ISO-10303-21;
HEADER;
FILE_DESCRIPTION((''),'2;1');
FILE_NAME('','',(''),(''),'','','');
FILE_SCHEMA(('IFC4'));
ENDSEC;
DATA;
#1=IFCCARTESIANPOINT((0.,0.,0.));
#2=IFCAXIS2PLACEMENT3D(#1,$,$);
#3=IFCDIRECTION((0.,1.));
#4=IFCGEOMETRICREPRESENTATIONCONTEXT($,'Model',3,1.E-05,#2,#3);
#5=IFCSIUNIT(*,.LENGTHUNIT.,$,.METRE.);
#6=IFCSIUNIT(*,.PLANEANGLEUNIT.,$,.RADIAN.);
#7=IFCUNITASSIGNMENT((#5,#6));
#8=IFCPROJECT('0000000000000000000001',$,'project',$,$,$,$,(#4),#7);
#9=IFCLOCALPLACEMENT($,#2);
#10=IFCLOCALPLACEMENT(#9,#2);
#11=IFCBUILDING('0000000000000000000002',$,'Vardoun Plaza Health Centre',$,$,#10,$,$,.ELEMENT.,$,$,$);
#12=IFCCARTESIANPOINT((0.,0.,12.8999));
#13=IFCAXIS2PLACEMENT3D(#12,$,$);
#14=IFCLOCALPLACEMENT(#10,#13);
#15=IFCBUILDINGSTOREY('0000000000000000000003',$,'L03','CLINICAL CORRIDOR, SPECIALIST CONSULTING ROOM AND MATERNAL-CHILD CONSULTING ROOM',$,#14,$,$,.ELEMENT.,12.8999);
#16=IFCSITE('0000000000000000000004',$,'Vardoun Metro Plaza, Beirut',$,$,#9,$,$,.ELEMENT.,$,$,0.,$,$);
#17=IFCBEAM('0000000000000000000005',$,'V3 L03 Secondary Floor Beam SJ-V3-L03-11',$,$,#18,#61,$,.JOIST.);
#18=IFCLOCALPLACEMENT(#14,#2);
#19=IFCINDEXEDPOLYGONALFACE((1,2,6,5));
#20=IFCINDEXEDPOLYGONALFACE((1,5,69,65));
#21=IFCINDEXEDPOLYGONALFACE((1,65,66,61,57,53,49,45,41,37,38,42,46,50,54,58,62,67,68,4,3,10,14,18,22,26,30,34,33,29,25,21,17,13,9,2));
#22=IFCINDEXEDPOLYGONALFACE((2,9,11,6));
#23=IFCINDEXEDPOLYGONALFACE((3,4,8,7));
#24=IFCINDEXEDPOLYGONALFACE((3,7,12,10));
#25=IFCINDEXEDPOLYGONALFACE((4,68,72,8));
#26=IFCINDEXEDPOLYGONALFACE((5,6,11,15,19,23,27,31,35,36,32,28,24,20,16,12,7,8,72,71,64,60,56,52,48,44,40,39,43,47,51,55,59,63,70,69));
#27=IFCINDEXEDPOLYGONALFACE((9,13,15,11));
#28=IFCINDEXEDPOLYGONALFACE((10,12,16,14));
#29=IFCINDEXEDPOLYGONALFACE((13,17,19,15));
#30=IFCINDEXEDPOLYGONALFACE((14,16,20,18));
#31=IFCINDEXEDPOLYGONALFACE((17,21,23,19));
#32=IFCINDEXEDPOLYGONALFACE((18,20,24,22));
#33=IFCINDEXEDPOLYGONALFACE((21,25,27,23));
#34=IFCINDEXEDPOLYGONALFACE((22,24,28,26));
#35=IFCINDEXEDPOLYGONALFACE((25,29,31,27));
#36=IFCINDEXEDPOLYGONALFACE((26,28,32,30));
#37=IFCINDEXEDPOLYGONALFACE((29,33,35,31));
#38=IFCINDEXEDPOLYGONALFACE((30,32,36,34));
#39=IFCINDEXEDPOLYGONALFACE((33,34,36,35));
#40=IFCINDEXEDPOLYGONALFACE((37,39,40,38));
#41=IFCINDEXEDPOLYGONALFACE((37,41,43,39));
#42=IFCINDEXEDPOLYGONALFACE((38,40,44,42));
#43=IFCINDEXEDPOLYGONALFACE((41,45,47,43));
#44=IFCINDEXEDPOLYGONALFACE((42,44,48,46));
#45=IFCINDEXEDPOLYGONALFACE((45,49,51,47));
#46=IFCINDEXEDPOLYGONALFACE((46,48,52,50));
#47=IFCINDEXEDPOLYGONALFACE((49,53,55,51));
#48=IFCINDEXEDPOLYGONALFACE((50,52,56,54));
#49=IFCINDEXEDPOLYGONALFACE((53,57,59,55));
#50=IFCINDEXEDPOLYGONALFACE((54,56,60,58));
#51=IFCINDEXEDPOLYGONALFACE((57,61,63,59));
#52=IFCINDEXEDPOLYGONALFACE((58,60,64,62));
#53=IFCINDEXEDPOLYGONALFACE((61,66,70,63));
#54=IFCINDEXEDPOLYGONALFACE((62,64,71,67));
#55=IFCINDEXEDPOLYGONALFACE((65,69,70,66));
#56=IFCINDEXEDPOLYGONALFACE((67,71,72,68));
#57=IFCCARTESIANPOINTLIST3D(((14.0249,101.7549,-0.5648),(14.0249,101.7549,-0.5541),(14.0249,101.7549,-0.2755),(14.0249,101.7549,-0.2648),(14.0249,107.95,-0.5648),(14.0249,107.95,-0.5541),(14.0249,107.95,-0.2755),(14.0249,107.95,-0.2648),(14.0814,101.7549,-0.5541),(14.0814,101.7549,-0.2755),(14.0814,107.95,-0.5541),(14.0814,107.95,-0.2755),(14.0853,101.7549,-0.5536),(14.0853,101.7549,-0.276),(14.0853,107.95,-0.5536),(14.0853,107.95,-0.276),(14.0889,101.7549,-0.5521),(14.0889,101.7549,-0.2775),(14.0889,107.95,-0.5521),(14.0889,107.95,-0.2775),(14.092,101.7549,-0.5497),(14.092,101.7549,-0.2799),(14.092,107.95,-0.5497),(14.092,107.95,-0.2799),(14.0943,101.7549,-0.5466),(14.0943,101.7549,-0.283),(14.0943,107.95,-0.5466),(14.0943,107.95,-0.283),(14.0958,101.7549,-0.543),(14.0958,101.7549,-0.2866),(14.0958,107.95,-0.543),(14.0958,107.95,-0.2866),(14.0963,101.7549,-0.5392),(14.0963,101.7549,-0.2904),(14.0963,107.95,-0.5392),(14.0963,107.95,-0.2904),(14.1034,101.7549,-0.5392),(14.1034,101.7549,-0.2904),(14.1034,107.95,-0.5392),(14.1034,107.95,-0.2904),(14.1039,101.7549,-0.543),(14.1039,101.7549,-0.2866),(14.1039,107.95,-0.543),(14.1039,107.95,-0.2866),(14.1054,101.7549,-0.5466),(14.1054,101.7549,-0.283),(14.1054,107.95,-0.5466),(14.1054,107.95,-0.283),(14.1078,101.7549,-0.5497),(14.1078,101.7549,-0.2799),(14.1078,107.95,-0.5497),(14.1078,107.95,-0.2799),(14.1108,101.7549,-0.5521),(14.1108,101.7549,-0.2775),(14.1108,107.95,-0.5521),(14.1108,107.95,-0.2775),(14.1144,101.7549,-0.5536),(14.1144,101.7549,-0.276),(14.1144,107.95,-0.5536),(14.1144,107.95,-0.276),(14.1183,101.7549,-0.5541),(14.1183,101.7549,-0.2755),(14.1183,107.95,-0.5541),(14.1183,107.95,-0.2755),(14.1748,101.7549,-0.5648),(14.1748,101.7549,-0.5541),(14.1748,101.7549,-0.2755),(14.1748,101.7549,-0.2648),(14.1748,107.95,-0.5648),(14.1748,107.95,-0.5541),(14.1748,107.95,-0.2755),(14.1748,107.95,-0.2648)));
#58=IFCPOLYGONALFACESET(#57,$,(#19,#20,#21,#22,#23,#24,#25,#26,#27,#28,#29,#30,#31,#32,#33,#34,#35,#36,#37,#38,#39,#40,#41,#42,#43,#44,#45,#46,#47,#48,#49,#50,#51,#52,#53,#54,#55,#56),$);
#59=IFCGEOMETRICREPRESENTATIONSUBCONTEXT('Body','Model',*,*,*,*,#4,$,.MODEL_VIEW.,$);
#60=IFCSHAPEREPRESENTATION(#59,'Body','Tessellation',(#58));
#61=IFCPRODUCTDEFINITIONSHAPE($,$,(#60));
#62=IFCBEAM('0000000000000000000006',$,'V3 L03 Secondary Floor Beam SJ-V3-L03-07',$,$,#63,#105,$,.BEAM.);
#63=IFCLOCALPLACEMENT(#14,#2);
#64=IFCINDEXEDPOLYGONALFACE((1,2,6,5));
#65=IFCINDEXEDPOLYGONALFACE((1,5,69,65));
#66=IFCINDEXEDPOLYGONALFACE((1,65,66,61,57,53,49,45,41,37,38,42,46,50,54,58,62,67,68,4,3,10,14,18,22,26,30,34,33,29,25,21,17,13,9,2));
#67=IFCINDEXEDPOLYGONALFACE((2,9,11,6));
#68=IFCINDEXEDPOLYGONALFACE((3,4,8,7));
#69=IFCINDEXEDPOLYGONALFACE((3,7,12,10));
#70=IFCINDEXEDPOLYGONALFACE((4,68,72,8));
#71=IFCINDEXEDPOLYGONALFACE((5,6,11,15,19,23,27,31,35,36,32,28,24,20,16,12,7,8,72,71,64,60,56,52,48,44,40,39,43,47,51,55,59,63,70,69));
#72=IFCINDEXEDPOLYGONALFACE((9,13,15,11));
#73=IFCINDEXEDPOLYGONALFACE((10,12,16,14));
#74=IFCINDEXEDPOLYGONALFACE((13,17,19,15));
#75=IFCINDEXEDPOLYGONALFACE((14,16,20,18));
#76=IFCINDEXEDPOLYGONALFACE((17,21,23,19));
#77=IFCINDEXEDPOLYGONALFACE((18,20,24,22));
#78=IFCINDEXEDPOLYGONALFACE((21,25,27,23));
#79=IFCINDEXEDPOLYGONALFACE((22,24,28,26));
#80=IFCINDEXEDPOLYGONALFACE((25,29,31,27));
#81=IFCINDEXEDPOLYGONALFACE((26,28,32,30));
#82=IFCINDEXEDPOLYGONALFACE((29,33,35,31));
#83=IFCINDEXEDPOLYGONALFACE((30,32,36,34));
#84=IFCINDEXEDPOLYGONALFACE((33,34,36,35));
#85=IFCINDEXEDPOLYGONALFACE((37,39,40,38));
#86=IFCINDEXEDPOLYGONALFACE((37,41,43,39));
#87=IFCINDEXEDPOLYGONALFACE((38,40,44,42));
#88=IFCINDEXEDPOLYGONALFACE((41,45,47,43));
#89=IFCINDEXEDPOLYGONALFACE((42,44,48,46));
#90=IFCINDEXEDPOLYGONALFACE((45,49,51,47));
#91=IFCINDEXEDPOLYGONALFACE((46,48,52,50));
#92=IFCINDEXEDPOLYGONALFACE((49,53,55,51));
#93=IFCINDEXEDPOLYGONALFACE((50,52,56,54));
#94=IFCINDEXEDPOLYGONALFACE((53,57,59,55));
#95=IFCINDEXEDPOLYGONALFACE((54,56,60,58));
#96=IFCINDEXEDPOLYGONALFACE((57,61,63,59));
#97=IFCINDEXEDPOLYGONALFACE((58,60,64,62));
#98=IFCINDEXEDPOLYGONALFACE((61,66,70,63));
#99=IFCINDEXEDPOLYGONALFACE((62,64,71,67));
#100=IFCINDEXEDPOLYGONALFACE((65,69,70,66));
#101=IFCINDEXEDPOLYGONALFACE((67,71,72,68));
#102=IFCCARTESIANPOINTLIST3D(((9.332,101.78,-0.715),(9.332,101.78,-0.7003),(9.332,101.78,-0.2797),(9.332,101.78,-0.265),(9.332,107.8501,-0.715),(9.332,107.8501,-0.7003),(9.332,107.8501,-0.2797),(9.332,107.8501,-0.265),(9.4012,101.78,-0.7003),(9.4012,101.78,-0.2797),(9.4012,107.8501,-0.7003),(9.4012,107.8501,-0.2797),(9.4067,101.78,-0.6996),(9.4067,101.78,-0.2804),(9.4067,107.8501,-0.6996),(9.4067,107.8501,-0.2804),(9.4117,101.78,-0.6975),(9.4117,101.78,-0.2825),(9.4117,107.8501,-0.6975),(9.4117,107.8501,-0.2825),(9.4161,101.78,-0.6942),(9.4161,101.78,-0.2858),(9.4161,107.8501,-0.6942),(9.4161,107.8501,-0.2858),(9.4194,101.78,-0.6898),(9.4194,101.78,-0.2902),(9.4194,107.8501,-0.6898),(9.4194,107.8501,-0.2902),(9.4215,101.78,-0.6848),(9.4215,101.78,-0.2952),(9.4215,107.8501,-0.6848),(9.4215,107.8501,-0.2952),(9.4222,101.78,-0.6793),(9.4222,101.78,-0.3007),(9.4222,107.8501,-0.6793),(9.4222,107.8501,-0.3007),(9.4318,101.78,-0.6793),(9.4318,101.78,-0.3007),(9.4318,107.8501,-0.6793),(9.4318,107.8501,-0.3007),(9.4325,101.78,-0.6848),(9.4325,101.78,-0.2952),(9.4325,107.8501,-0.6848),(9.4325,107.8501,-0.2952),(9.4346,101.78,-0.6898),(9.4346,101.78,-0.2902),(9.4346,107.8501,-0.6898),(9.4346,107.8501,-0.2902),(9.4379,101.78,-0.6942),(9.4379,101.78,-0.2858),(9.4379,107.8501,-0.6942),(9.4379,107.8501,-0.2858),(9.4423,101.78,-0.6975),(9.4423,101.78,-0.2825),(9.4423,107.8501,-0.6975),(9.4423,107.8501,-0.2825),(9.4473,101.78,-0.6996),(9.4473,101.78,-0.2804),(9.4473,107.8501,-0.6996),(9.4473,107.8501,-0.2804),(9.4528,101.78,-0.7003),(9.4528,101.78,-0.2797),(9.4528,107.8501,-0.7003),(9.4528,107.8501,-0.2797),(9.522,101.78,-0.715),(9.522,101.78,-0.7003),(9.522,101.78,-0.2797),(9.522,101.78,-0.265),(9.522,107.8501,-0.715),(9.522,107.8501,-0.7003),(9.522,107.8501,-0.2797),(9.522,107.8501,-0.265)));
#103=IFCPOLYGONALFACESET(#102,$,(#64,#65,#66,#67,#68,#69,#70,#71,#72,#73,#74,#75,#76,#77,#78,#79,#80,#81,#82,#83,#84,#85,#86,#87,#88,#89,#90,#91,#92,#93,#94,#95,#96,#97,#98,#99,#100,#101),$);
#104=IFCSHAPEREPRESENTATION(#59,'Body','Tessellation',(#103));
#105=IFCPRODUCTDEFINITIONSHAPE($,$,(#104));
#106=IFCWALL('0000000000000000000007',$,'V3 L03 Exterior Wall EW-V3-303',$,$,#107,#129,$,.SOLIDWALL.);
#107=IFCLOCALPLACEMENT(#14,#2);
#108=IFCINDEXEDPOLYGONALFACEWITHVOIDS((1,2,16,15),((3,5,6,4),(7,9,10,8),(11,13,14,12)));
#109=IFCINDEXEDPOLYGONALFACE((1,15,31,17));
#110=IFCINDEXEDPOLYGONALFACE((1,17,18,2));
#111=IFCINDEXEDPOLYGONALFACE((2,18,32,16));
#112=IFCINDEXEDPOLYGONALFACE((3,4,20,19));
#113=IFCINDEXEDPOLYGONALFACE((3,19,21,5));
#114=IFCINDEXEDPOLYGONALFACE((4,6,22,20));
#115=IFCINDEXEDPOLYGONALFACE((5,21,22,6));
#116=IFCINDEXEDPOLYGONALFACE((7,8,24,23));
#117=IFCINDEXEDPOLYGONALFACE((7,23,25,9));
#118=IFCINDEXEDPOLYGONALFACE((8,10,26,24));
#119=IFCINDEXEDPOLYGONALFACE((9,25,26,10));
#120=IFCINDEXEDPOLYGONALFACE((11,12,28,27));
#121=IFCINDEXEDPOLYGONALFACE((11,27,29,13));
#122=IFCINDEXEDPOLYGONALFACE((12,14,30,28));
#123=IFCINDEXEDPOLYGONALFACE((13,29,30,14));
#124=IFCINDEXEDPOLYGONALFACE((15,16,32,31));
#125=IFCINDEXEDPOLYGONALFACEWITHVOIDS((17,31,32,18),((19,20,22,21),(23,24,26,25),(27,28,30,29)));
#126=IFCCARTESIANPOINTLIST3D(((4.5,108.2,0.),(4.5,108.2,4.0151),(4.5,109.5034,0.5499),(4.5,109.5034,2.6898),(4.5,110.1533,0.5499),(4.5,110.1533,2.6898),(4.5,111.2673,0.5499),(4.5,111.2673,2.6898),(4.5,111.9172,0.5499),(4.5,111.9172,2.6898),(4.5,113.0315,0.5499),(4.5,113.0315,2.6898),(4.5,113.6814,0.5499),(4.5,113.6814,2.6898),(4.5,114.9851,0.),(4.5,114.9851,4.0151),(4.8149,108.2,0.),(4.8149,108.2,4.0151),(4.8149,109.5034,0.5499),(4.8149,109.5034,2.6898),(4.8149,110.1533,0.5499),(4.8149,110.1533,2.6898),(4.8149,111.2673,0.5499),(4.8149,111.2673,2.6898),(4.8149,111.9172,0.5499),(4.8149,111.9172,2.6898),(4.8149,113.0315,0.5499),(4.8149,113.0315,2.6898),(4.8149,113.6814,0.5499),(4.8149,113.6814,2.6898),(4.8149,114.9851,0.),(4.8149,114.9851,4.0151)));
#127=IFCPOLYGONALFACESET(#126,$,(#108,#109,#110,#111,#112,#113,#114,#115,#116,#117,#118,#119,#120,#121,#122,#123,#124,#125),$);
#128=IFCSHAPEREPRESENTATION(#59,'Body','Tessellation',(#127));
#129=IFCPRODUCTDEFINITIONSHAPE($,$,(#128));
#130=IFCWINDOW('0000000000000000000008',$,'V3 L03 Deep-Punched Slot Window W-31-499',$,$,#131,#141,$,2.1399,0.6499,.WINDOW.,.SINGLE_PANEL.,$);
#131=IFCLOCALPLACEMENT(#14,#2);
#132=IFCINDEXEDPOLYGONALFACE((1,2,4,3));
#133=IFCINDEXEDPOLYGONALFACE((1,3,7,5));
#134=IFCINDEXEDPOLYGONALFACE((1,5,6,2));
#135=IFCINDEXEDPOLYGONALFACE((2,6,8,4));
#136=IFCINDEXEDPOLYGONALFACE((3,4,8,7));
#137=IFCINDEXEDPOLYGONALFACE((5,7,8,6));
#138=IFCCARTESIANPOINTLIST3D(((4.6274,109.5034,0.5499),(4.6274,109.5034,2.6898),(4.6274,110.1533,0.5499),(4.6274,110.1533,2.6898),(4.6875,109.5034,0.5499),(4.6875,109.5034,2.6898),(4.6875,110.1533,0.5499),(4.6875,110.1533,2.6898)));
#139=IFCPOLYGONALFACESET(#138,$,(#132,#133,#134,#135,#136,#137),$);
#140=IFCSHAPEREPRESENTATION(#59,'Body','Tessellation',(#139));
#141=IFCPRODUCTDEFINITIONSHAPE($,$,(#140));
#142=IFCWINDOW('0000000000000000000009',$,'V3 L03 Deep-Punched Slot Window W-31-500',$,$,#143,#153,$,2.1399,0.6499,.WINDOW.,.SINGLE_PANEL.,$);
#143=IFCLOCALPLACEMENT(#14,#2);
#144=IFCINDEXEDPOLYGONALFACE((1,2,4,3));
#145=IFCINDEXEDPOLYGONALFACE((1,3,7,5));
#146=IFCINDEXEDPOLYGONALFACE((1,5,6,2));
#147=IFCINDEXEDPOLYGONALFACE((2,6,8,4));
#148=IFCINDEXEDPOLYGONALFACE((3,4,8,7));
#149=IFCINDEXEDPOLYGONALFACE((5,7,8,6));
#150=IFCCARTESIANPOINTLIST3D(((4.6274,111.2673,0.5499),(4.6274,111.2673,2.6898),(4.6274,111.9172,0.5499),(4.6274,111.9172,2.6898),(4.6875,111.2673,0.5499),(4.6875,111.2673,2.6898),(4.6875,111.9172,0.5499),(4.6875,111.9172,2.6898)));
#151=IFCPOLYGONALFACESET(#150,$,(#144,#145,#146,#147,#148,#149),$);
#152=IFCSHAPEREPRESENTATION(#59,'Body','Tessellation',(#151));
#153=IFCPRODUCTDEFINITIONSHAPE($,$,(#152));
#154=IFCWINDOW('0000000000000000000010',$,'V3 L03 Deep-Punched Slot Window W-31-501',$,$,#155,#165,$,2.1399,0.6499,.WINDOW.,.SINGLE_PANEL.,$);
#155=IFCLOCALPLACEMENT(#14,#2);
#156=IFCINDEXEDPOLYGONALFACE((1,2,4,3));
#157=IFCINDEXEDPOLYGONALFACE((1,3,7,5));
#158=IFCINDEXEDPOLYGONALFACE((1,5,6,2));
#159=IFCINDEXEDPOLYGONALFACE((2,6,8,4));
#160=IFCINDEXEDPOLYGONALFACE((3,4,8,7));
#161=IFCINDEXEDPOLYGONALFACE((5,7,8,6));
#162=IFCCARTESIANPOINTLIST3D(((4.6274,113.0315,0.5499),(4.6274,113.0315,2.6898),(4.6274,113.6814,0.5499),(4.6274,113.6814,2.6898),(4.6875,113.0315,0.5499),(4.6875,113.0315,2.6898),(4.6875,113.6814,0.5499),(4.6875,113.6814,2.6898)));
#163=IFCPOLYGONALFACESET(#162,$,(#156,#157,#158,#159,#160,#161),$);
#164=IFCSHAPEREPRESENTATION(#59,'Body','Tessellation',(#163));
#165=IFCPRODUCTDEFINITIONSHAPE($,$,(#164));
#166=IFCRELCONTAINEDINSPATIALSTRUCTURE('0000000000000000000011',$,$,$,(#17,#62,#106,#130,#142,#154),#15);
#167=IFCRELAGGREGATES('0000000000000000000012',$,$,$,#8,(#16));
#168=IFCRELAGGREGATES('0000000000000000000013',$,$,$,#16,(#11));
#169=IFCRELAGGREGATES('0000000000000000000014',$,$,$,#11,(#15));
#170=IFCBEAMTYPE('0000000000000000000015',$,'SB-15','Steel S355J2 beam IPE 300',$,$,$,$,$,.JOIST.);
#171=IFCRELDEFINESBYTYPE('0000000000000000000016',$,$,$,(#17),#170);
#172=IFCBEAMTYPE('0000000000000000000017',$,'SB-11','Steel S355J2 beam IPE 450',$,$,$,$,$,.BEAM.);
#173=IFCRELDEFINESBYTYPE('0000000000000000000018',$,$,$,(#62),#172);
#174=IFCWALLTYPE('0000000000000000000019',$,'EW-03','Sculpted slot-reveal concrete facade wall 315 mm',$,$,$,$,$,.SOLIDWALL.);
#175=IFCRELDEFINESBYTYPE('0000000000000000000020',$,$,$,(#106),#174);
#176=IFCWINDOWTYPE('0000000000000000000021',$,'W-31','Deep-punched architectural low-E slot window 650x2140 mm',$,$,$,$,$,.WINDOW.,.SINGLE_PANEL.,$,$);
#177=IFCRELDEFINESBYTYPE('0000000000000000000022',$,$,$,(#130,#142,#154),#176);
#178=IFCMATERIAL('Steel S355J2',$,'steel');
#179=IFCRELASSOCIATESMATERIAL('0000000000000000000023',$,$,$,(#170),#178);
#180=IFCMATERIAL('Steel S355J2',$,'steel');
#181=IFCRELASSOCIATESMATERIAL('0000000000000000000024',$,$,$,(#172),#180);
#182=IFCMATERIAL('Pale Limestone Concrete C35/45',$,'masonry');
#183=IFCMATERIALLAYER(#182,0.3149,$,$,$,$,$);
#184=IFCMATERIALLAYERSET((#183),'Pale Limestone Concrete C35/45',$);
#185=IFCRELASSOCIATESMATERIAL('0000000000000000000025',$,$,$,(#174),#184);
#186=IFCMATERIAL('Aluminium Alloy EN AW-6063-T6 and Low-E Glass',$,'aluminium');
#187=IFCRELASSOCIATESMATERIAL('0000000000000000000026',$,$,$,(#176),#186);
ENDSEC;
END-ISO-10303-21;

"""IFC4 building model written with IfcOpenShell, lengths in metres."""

from ifc_helpers import new_model, si_unit, direction, frame, frame_2d, origin, origin_2d, place, context, subcontext, project, spatial, rectangle, i_section, extrude, material, layer, layer_set, material_profile, profile_set, type_object, element, fill, save


model = new_model("IFC4")

# Units and contexts
model_context = context("Model", 3, precision=1e-05, world=origin(), true_north=direction((0.0, 1.0)))
body_context = subcontext(model_context, "Body", "Model", "MODEL_VIEW")
ifc_project = project(units=[si_unit("LENGTHUNIT", "METRE"), si_unit("PLANEANGLEUNIT", "RADIAN")], contexts=[model_context])

# Site, building, storey
site_placement = place(None, origin())
site = spatial("IfcSite", under=ifc_project, at=site_placement, Name="Vardoun Metro Plaza, Beirut", CompositionType="ELEMENT", RefElevation=0.0)
building_placement = place(site_placement, origin())
building = spatial("IfcBuilding", under=site, at=building_placement, Name="Vardoun Plaza Health Centre", CompositionType="ELEMENT")
storey_placement = place(building_placement, frame((0.0, 0.0, 12.8999)))
storey = spatial("IfcBuildingStorey", under=building, at=storey_placement, Name="L03", Description="CLINICAL CORRIDOR, SPECIALIST CONSULTING ROOM AND MATERNAL-CHILD CONSULTING ROOM", CompositionType="ELEMENT", Elevation=12.8999)

# Beams
ifc_material_1 = material(Name="Steel S355J2", Category="steel")
ifc_material_profile_1 = material_profile(ifc_material_1, i_section(OverallWidth=0.1499, OverallDepth=0.3, WebThickness=0.0071, FlangeThickness=0.0107, FilletRadius=0.0149, at=origin_2d()), Name="IPE 300")
ifc_profile_set_1 = profile_set([ifc_material_profile_1], Name="Steel S355J2")
beam_type_1 = type_object("IfcBeamType", Name="SB-15", Description="Steel S355J2 beam IPE 300", PredefinedType="JOIST", material=ifc_profile_set_1)
beam_1_placement = place(storey_placement, frame((14.0999, 101.7549, -0.4148), z_axis=(0.0, 1.0, 0.0), x_axis=(-1.0, 0.0, 0.0)))
element("IfcBeam", 1, at=beam_1_placement, inside=storey, type_object=beam_type_1, Name="V3 L03 Secondary Floor Beam SJ-V3-L03-11", PredefinedType="JOIST", context=body_context, shape_type="SweptSolid", body=[
    extrude(i_section(OverallWidth=0.1499, OverallDepth=0.3, WebThickness=0.0071, FlangeThickness=0.0107, FilletRadius=0.0149, at=origin_2d()), origin(), (0.0, 0.0, 1.0), 6.1951),
])
ifc_material_2 = material(Name="Steel S355J2", Category="steel")
ifc_material_profile_2 = material_profile(ifc_material_2, i_section(OverallWidth=0.1899, OverallDepth=0.45, WebThickness=0.0095, FlangeThickness=0.0146, FilletRadius=0.021, at=origin_2d()), Name="IPE 450")
ifc_profile_set_2 = profile_set([ifc_material_profile_2], Name="Steel S355J2")
beam_type_2 = type_object("IfcBeamType", Name="SB-11", Description="Steel S355J2 beam IPE 450", PredefinedType="BEAM", material=ifc_profile_set_2)
beam_2_placement = place(storey_placement, frame((9.427, 101.78, -0.49), z_axis=(0.0, 1.0, 0.0), x_axis=(-1.0, 0.0, 0.0)))
element("IfcBeam", 2, at=beam_2_placement, inside=storey, type_object=beam_type_2, Name="V3 L03 Secondary Floor Beam SJ-V3-L03-07", PredefinedType="BEAM", context=body_context, shape_type="SweptSolid", body=[
    extrude(i_section(OverallWidth=0.1899, OverallDepth=0.45, WebThickness=0.0095, FlangeThickness=0.0146, FilletRadius=0.021, at=origin_2d()), origin(), (0.0, 0.0, 1.0), 6.0701),
])

# Wall, openings, windows
ifc_material_3 = material(Name="Pale Limestone Concrete C35/45", Category="masonry")
ifc_layer_1 = layer(ifc_material_3, 0.3149)
ifc_layer_set_1 = layer_set([ifc_layer_1], Name="Pale Limestone Concrete C35/45")
wall_type_1 = type_object("IfcWallType", Name="EW-03", Description="Sculpted slot-reveal concrete facade wall 315 mm", PredefinedType="SOLIDWALL", material=ifc_layer_set_1)
wall_1_placement = place(storey_placement, frame((4.6575, 108.2, 0.0), z_axis=(0.0, 0.0, 1.0), x_axis=(0.0, 1.0, 0.0)))
wall_1 = element("IfcWall", 3, at=wall_1_placement, inside=storey, type_object=wall_type_1, Name="V3 L03 Exterior Wall EW-V3-303", PredefinedType="SOLIDWALL", context=body_context, shape_type="SweptSolid", body=[
    extrude(rectangle(XDim=6.7852, YDim=0.3149, at=frame_2d((3.3926, 0.0))), origin(), (0.0, 0.0, 1.0), 4.0151),
])
opening_1_placement = place(wall_1_placement, frame((1.3035, 0.0, 0.55)))
opening_1 = element("IfcOpeningElement", 4, at=opening_1_placement, cuts=wall_1, PredefinedType="OPENING", context=body_context, shape_type="SweptSolid", body=[
    extrude(rectangle(XDim=0.6499, YDim=2.1399, at=frame_2d((0.325, 1.0698))), frame((0.0, 0.1575, 0.0), z_axis=(0.0, -1.0, 0.0), x_axis=(1.0, 0.0, 0.0)), (0.0, 0.0, 1.0), 0.3149),
])
opening_2_placement = place(wall_1_placement, frame((3.0674, 0.0, 0.55)))
opening_2 = element("IfcOpeningElement", 5, at=opening_2_placement, cuts=wall_1, PredefinedType="OPENING", context=body_context, shape_type="SweptSolid", body=[
    extrude(rectangle(XDim=0.6499, YDim=2.1399, at=frame_2d((0.325, 1.0698))), frame((0.0, 0.1575, 0.0), z_axis=(0.0, -1.0, 0.0), x_axis=(1.0, 0.0, 0.0)), (0.0, 0.0, 1.0), 0.3149),
])
opening_3_placement = place(wall_1_placement, frame((4.8315, 0.0, 0.55)))
opening_3 = element("IfcOpeningElement", 6, at=opening_3_placement, cuts=wall_1, PredefinedType="OPENING", context=body_context, shape_type="SweptSolid", body=[
    extrude(rectangle(XDim=0.6499, YDim=2.1399, at=frame_2d((0.325, 1.0698))), frame((0.0, 0.1575, 0.0), z_axis=(0.0, -1.0, 0.0), x_axis=(1.0, 0.0, 0.0)), (0.0, 0.0, 1.0), 0.3149),
])
ifc_material_4 = material(Name="Aluminium Alloy EN AW-6063-T6 and Low-E Glass", Category="aluminium")
window_type = type_object("IfcWindowType", Name="W-31", Description="Deep-punched architectural low-E slot window 650x2140 mm", PartitioningType="SINGLE_PANEL", PredefinedType="WINDOW", material=ifc_material_4)
window_1_placement = place(opening_1_placement, origin())
window_1 = element("IfcWindow", 7, at=window_1_placement, inside=storey, type_object=window_type, Name="V3 L03 Deep-Punched Slot Window W-31-499", OverallHeight=2.1399, OverallWidth=0.6499, PartitioningType="SINGLE_PANEL", PredefinedType="WINDOW", context=body_context, shape_type="SweptSolid", body=[
    extrude(rectangle(XDim=0.6499, YDim=2.1399, at=frame_2d((0.325, 1.0698))), frame((0.0, 0.03, 0.0), z_axis=(0.0, -1.0, 0.0), x_axis=(1.0, 0.0, 0.0)), (0.0, 0.0, 1.0), 0.0601),
])
fill(opening_1, window_1)
window_2_placement = place(opening_2_placement, origin())
window_2 = element("IfcWindow", 8, at=window_2_placement, inside=storey, type_object=window_type, Name="V3 L03 Deep-Punched Slot Window W-31-500", OverallHeight=2.1399, OverallWidth=0.6499, PartitioningType="SINGLE_PANEL", PredefinedType="WINDOW", context=body_context, shape_type="SweptSolid", body=[
    extrude(rectangle(XDim=0.6499, YDim=2.1399, at=frame_2d((0.325, 1.0698))), frame((0.0, 0.03, 0.0), z_axis=(0.0, -1.0, 0.0), x_axis=(1.0, 0.0, 0.0)), (0.0, 0.0, 1.0), 0.0601),
])
fill(opening_2, window_2)
window_3_placement = place(opening_3_placement, origin())
window_3 = element("IfcWindow", 9, at=window_3_placement, inside=storey, type_object=window_type, Name="V3 L03 Deep-Punched Slot Window W-31-501", OverallHeight=2.1399, OverallWidth=0.6499, PartitioningType="SINGLE_PANEL", PredefinedType="WINDOW", context=body_context, shape_type="SweptSolid", body=[
    extrude(rectangle(XDim=0.6499, YDim=2.1399, at=frame_2d((0.325, 1.0698))), frame((0.0, 0.03, 0.0), z_axis=(0.0, -1.0, 0.0), x_axis=(1.0, 0.0, 0.0)), (0.0, 0.0, 1.0), 0.0601),
])
fill(opening_3, window_3)

save(model, "model.ifc")
